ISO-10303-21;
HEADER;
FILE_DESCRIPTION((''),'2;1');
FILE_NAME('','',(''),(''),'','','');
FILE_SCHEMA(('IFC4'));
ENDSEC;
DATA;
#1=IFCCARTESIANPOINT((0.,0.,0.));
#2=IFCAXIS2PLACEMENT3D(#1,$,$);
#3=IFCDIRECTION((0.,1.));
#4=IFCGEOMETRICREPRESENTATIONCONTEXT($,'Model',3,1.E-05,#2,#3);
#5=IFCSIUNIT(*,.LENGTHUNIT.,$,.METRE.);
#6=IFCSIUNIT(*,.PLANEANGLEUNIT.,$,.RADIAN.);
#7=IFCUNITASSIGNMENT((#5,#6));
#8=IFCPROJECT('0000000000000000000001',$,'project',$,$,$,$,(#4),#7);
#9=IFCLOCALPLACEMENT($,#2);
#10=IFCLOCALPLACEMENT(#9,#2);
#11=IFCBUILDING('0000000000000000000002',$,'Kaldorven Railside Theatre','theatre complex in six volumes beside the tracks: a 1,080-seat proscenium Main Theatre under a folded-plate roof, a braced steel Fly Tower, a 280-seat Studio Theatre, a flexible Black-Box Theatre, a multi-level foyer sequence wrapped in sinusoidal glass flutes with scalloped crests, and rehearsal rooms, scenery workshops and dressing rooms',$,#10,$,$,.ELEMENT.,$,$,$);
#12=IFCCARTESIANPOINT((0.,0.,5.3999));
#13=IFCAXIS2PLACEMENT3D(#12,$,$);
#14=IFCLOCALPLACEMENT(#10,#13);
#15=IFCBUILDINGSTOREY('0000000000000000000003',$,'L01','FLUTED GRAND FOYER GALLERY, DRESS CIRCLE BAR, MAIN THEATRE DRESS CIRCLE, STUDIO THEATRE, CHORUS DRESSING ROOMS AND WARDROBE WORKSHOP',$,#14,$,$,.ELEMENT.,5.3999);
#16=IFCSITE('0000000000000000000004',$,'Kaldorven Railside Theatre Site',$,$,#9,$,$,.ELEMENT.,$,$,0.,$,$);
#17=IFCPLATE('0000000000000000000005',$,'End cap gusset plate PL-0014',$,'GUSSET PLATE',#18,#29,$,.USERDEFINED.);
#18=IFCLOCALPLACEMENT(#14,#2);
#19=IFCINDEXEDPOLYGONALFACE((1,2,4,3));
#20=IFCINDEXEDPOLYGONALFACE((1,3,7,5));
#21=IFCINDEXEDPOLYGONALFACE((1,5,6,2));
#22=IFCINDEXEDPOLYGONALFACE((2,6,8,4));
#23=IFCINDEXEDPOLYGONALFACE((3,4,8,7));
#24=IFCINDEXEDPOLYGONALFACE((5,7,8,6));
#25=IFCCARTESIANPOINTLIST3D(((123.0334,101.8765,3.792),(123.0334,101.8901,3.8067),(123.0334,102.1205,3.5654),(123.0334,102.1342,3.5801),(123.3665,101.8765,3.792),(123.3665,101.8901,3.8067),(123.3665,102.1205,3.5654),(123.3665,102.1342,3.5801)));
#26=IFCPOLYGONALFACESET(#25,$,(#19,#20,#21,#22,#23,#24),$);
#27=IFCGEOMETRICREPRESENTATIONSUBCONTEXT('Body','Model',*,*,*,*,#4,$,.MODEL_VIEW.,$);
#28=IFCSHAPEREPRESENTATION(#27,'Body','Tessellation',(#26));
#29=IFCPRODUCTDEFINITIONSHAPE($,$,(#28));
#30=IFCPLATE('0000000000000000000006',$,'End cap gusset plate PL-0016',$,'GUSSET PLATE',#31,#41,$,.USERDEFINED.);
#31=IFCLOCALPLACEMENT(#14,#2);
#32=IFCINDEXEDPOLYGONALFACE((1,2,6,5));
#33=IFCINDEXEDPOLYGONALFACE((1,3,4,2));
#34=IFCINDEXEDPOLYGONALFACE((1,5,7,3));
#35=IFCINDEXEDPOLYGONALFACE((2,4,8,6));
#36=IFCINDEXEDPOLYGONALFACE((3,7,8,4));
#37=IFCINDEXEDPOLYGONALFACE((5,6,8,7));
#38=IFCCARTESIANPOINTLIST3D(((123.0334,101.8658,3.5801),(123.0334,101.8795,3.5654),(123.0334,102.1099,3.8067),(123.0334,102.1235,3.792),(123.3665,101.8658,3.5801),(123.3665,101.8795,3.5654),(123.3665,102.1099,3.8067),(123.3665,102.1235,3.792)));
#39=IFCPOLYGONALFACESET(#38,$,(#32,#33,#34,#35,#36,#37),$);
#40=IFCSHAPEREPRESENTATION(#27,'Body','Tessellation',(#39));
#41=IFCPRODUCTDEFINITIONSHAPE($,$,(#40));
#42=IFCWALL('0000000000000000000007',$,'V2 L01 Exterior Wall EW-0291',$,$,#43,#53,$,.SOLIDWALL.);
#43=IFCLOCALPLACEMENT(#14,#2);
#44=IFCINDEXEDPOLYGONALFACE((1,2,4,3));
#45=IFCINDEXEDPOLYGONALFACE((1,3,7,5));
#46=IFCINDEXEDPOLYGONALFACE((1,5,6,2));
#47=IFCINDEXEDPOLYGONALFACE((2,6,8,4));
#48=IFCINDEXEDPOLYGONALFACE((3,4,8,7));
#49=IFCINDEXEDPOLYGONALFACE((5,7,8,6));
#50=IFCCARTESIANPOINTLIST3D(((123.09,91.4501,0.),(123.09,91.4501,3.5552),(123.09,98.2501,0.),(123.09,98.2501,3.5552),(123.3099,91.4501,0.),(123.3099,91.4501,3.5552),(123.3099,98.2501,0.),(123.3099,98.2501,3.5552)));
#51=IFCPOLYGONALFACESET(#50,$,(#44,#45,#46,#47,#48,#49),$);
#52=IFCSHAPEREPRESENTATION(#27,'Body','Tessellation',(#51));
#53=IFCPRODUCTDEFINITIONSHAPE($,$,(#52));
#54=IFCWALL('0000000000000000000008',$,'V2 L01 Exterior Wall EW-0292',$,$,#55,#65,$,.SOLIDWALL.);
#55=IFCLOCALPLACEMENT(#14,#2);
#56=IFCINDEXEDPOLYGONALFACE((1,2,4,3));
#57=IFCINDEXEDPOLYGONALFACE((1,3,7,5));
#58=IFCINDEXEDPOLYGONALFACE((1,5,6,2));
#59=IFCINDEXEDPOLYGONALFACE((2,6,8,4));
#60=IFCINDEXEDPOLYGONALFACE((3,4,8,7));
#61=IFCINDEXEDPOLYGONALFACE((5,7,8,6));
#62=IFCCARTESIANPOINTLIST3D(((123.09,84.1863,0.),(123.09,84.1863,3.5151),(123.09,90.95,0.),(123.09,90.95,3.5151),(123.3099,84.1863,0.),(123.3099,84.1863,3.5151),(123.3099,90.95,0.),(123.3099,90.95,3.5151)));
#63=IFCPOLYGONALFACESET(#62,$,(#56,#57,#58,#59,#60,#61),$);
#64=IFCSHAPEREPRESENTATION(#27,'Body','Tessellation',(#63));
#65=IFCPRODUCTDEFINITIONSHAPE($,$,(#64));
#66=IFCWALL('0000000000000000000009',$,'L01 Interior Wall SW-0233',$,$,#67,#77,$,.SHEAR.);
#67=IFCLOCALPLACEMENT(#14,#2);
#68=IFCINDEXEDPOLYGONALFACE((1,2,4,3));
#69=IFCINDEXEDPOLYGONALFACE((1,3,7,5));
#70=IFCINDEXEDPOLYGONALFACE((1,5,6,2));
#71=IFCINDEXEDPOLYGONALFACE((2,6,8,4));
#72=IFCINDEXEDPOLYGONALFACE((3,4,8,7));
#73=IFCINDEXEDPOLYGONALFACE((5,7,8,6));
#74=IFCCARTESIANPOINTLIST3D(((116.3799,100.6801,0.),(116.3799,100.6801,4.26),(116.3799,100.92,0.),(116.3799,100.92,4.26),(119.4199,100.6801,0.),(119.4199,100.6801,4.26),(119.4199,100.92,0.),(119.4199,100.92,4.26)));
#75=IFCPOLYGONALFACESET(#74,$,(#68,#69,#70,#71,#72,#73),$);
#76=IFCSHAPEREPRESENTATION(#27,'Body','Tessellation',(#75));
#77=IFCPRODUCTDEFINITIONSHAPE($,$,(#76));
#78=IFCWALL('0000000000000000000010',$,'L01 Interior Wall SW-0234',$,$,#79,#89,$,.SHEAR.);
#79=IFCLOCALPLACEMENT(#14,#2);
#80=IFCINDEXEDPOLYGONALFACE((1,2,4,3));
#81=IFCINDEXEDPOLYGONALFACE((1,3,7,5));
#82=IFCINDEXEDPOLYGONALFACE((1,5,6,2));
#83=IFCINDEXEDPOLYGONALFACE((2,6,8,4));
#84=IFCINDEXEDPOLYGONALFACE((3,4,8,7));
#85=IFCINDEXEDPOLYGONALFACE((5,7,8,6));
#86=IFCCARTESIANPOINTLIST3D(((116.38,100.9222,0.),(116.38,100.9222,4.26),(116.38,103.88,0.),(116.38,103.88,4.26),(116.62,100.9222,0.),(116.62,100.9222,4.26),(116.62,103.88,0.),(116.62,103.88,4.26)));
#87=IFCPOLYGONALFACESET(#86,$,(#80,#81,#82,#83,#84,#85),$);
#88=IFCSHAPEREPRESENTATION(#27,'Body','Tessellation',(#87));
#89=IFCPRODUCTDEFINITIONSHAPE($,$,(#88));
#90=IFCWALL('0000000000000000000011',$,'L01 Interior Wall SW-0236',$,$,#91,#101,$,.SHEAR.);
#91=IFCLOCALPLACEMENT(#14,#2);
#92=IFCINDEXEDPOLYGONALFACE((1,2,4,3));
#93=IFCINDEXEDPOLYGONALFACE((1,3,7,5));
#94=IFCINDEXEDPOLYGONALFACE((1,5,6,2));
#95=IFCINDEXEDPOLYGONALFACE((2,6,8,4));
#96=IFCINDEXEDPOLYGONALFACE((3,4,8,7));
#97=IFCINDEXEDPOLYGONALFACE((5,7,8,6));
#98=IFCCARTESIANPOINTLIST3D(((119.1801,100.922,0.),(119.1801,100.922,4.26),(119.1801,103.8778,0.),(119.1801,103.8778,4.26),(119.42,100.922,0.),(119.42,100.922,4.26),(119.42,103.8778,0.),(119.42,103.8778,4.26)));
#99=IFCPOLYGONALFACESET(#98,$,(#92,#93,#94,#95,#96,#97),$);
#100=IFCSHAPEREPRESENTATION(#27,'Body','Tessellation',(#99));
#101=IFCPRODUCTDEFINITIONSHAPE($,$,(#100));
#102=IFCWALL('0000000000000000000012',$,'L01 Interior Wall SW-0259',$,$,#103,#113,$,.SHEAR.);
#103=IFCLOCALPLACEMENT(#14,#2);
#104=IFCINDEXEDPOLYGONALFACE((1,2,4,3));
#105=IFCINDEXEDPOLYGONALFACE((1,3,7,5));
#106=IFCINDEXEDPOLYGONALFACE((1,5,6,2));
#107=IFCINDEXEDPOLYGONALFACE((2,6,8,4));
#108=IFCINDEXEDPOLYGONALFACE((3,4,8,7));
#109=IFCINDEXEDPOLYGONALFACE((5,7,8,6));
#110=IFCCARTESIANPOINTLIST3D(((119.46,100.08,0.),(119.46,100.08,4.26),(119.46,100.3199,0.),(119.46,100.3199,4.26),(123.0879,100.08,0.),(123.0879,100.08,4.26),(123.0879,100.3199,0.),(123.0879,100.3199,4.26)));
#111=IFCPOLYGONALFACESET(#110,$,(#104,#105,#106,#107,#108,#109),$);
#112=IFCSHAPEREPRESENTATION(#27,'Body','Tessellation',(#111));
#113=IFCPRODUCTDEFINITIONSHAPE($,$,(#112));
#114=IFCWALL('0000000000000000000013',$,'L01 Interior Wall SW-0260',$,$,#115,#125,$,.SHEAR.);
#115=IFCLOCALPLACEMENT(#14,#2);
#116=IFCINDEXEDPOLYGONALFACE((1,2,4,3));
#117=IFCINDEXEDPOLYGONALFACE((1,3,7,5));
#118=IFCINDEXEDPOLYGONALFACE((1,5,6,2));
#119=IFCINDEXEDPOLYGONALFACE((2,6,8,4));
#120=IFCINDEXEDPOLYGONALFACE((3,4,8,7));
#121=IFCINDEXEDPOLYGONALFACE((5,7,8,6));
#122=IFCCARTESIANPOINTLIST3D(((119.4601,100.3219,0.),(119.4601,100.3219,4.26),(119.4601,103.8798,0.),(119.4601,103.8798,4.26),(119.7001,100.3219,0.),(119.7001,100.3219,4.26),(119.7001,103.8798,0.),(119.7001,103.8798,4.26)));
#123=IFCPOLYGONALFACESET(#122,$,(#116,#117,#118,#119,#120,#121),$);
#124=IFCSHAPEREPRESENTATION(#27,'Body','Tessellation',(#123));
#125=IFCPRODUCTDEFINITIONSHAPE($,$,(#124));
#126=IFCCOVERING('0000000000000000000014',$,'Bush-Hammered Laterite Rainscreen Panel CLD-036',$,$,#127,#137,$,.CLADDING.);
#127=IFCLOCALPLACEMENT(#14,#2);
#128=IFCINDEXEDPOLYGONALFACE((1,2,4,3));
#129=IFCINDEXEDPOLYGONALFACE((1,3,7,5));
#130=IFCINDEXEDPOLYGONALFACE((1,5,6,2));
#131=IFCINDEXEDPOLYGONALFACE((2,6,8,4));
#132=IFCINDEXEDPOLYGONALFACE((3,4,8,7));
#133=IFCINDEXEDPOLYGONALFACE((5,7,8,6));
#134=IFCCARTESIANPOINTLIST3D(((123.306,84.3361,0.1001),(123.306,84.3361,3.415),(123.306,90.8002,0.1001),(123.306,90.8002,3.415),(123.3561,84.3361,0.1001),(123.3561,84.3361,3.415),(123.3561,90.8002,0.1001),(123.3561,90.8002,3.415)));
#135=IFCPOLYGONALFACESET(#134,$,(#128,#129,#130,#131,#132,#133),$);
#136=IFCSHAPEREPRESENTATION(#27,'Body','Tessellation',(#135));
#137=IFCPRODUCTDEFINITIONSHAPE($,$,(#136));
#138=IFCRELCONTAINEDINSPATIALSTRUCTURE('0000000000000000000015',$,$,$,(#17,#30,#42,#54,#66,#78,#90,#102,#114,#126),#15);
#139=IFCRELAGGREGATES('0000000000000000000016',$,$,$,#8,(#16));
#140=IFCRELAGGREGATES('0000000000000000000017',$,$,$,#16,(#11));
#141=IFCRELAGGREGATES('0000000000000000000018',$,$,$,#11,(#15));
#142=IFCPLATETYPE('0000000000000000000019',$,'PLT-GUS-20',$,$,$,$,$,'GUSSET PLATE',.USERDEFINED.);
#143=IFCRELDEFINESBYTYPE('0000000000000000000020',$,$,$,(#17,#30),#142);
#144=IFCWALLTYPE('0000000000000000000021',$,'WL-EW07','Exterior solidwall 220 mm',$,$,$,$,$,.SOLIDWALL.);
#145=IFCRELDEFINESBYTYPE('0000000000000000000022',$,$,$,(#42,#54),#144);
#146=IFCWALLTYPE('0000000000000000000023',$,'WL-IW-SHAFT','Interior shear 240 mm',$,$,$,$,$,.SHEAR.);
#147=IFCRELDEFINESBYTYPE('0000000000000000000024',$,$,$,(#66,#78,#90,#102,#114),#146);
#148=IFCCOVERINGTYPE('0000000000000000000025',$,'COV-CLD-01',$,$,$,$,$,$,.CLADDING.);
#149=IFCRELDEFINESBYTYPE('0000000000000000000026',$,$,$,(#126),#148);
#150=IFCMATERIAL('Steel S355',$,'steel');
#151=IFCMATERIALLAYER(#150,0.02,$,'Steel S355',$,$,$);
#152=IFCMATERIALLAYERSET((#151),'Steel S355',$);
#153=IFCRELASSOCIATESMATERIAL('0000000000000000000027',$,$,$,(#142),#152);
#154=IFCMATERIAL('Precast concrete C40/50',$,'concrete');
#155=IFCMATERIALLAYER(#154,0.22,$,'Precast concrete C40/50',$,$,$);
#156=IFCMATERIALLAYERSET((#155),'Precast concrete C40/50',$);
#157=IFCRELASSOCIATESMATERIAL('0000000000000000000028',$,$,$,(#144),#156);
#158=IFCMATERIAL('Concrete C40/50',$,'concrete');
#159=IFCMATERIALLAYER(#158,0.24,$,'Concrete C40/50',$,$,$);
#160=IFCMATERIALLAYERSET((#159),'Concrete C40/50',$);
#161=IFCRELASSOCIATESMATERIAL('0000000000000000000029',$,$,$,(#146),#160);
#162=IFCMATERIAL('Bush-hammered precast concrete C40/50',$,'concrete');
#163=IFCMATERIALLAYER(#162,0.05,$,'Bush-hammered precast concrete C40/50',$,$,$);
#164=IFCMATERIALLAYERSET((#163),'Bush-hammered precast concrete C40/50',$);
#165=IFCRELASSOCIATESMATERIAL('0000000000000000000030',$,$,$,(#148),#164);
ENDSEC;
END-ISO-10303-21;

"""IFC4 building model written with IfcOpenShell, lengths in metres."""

from ifc_helpers import new_model, si_unit, direction, frame, frame_2d, origin, origin_2d, place, context, subcontext, project, spatial, rectangle, extrude, material, layer, layer_set, type_object, element, save


model = new_model("IFC4")

# Units and contexts
model_context = context("Model", 3, precision=1e-05, world=origin(), true_north=direction((0.0, 1.0)))
body_context = subcontext(model_context, "Body", "Model", "MODEL_VIEW")
ifc_project = project(units=[si_unit("LENGTHUNIT", "METRE"), si_unit("PLANEANGLEUNIT", "RADIAN")], contexts=[model_context])

# Site, building, storey
site_placement = place(None, origin())
site = spatial("IfcSite", under=ifc_project, at=site_placement, Name="Kaldorven Railside Theatre Site", CompositionType="ELEMENT", RefElevation=0.0)
building_placement = place(site_placement, origin())
building = spatial("IfcBuilding", under=site, at=building_placement, Name="Kaldorven Railside Theatre", Description="theatre complex in six volumes beside the tracks: a 1,080-seat proscenium Main Theatre under a folded-plate roof, a braced steel Fly Tower, a 280-seat Studio Theatre, a flexible Black-Box Theatre, a multi-level foyer sequence wrapped in sinusoidal glass flutes with scalloped crests, and rehearsal rooms, scenery workshops and dressing rooms", CompositionType="ELEMENT")
storey_placement = place(building_placement, frame((0.0, 0.0, 5.3999)))
storey = spatial("IfcBuildingStorey", under=building, at=storey_placement, Name="L01", Description="FLUTED GRAND FOYER GALLERY, DRESS CIRCLE BAR, MAIN THEATRE DRESS CIRCLE, STUDIO THEATRE, CHORUS DRESSING ROOMS AND WARDROBE WORKSHOP", CompositionType="ELEMENT", Elevation=5.3999)

# Shared definitions
ifc_material_1 = material(Name="Steel S355", Category="steel")

# Plates
ifc_layer_1 = layer(ifc_material_1, 0.02, Name="Steel S355")
ifc_layer_set_1 = layer_set([ifc_layer_1], Name="Steel S355")
plate_type_1 = type_object("IfcPlateType", Name="PLT-GUS-20", ElementType="GUSSET PLATE", PredefinedType="USERDEFINED", material=ifc_layer_set_1)
for number, where, z_axis, x_axis, name in (
    (1, (123.2, 101.9985, 3.6787), (0.0, 0.680465, 0.73278), (-1.0, 0.0, 0.0), "End cap gusset plate PL-0014"),
    (2, (123.2, 102.0015, 3.6787), (0.0, -0.680465, 0.73278), (1.0, 0.0, 0.0), "End cap gusset plate PL-0016"),
):
    element("IfcPlate", number, at=place(storey_placement, frame(where, z_axis=z_axis, x_axis=x_axis)), inside=storey, type_object=plate_type_1, Name=name, ObjectType="GUSSET PLATE", PredefinedType="USERDEFINED", context=body_context, shape_type="SweptSolid", body=[
        extrude(rectangle(XDim=0.333, YDim=0.333, at=origin_2d()), origin(), (0.0, 0.0, 1.0), 0.02),
    ])

# Walls
ifc_material_2 = material(Name="Precast concrete C40/50", Category="concrete")
ifc_layer_2 = layer(ifc_material_2, 0.22, Name="Precast concrete C40/50")
ifc_layer_set_2 = layer_set([ifc_layer_2], Name="Precast concrete C40/50")
wall_type_1 = type_object("IfcWallType", Name="WL-EW07", Description="Exterior solidwall 220 mm", PredefinedType="SOLIDWALL", material=ifc_layer_set_2)
wall_1_placement = place(storey_placement, frame((123.2, 98.25, 0.0), z_axis=(0.0, 0.0, 1.0), x_axis=(0.0, -1.0, 0.0)))
element("IfcWall", 3, at=wall_1_placement, inside=storey, type_object=wall_type_1, Name="V2 L01 Exterior Wall EW-0291", PredefinedType="SOLIDWALL", context=body_context, shape_type="SweptSolid", body=[
    extrude(rectangle(XDim=6.8, YDim=0.22, at=frame_2d((3.3999, 0.0))), origin(), (0.0, 0.0, 1.0), 3.5552),
])
wall_2_placement = place(storey_placement, frame((123.2, 90.95, 0.0), z_axis=(0.0, 0.0, 1.0), x_axis=(0.0, -1.0, 0.0)))
element("IfcWall", 4, at=wall_2_placement, inside=storey, type_object=wall_type_1, Name="V2 L01 Exterior Wall EW-0292", PredefinedType="SOLIDWALL", context=body_context, shape_type="SweptSolid", body=[
    extrude(rectangle(XDim=6.7637, YDim=0.22, at=frame_2d((3.3818, 0.0))), origin(), (0.0, 0.0, 1.0), 3.5151),
])

# Shared definitions
ifc_material_3 = material(Name="Concrete C40/50", Category="concrete")

# Walls
ifc_layer_3 = layer(ifc_material_3, 0.24, Name="Concrete C40/50")
ifc_layer_set_3 = layer_set([ifc_layer_3], Name="Concrete C40/50")
wall_type_2 = type_object("IfcWallType", Name="WL-IW-SHAFT", Description="Interior shear 240 mm", PredefinedType="SHEAR", material=ifc_layer_set_3)
wall_3_placement = place(storey_placement, frame((119.4199, 100.8, 0.0), z_axis=(0.0, 0.0, 1.0), x_axis=(-1.0, 0.0, 0.0)))
element("IfcWall", 5, at=wall_3_placement, inside=storey, type_object=wall_type_2, Name="L01 Interior Wall SW-0233", PredefinedType="SHEAR", context=body_context, shape_type="SweptSolid", body=[
    extrude(rectangle(XDim=3.04, YDim=0.24, at=frame_2d((1.52, 0.0))), origin(), (0.0, 0.0, 1.0), 4.26),
])
wall_4_placement = place(storey_placement, frame((116.5, 100.9221, 0.0), z_axis=(0.0, 0.0, 1.0), x_axis=(0.0, 1.0, 0.0)))
element("IfcWall", 6, at=wall_4_placement, inside=storey, type_object=wall_type_2, Name="L01 Interior Wall SW-0234", PredefinedType="SHEAR", context=body_context, shape_type="SweptSolid", body=[
    extrude(rectangle(XDim=2.9578, YDim=0.24, at=frame_2d((1.479, 0.0))), origin(), (0.0, 0.0, 1.0), 4.26),
])
wall_5_placement = place(storey_placement, frame((119.3, 103.8779, 0.0), z_axis=(0.0, 0.0, 1.0), x_axis=(0.0, -1.0, 0.0)))
element("IfcWall", 7, at=wall_5_placement, inside=storey, type_object=wall_type_2, Name="L01 Interior Wall SW-0236", PredefinedType="SHEAR", context=body_context, shape_type="SweptSolid", body=[
    extrude(rectangle(XDim=2.9558, YDim=0.24, at=frame_2d((1.478, 0.0))), origin(), (0.0, 0.0, 1.0), 4.26),
])
wall_6_placement = place(storey_placement, frame((123.0879, 100.2, 0.0), z_axis=(0.0, 0.0, 1.0), x_axis=(-1.0, 0.0, 0.0)))
element("IfcWall", 8, at=wall_6_placement, inside=storey, type_object=wall_type_2, Name="L01 Interior Wall SW-0259", PredefinedType="SHEAR", context=body_context, shape_type="SweptSolid", body=[
    extrude(rectangle(XDim=3.6279, YDim=0.24, at=frame_2d((1.814, 0.0))), origin(), (0.0, 0.0, 1.0), 4.26),
])
wall_7_placement = place(storey_placement, frame((119.5801, 100.322, 0.0), z_axis=(0.0, 0.0, 1.0), x_axis=(0.0, 1.0, 0.0)))
element("IfcWall", 9, at=wall_7_placement, inside=storey, type_object=wall_type_2, Name="L01 Interior Wall SW-0260", PredefinedType="SHEAR", context=body_context, shape_type="SweptSolid", body=[
    extrude(rectangle(XDim=3.5579, YDim=0.24, at=frame_2d((1.7788, 0.0))), origin(), (0.0, 0.0, 1.0), 4.26),
])

# Covering
ifc_material_4 = material(Name="Bush-hammered precast concrete C40/50", Category="concrete")
ifc_layer_4 = layer(ifc_material_4, 0.05, Name="Bush-hammered precast concrete C40/50")
ifc_layer_set_4 = layer_set([ifc_layer_4], Name="Bush-hammered precast concrete C40/50")
covering_type = type_object("IfcCoveringType", Name="COV-CLD-01", PredefinedType="CLADDING", material=ifc_layer_set_4)
covering_placement = place(storey_placement, frame((123.3311, 87.5681, 0.1001), z_axis=(0.0, 0.0, 1.0), x_axis=(0.0, -1.0, 0.0)))
element("IfcCovering", 10, at=covering_placement, inside=storey, type_object=covering_type, Name="Bush-Hammered Laterite Rainscreen Panel CLD-036", PredefinedType="CLADDING", context=body_context, shape_type="SweptSolid", body=[
    extrude(rectangle(XDim=6.4641, YDim=0.05, at=origin_2d()), origin(), (0.0, 0.0, 1.0), 3.3149),
])

save(model, "model.ifc")
